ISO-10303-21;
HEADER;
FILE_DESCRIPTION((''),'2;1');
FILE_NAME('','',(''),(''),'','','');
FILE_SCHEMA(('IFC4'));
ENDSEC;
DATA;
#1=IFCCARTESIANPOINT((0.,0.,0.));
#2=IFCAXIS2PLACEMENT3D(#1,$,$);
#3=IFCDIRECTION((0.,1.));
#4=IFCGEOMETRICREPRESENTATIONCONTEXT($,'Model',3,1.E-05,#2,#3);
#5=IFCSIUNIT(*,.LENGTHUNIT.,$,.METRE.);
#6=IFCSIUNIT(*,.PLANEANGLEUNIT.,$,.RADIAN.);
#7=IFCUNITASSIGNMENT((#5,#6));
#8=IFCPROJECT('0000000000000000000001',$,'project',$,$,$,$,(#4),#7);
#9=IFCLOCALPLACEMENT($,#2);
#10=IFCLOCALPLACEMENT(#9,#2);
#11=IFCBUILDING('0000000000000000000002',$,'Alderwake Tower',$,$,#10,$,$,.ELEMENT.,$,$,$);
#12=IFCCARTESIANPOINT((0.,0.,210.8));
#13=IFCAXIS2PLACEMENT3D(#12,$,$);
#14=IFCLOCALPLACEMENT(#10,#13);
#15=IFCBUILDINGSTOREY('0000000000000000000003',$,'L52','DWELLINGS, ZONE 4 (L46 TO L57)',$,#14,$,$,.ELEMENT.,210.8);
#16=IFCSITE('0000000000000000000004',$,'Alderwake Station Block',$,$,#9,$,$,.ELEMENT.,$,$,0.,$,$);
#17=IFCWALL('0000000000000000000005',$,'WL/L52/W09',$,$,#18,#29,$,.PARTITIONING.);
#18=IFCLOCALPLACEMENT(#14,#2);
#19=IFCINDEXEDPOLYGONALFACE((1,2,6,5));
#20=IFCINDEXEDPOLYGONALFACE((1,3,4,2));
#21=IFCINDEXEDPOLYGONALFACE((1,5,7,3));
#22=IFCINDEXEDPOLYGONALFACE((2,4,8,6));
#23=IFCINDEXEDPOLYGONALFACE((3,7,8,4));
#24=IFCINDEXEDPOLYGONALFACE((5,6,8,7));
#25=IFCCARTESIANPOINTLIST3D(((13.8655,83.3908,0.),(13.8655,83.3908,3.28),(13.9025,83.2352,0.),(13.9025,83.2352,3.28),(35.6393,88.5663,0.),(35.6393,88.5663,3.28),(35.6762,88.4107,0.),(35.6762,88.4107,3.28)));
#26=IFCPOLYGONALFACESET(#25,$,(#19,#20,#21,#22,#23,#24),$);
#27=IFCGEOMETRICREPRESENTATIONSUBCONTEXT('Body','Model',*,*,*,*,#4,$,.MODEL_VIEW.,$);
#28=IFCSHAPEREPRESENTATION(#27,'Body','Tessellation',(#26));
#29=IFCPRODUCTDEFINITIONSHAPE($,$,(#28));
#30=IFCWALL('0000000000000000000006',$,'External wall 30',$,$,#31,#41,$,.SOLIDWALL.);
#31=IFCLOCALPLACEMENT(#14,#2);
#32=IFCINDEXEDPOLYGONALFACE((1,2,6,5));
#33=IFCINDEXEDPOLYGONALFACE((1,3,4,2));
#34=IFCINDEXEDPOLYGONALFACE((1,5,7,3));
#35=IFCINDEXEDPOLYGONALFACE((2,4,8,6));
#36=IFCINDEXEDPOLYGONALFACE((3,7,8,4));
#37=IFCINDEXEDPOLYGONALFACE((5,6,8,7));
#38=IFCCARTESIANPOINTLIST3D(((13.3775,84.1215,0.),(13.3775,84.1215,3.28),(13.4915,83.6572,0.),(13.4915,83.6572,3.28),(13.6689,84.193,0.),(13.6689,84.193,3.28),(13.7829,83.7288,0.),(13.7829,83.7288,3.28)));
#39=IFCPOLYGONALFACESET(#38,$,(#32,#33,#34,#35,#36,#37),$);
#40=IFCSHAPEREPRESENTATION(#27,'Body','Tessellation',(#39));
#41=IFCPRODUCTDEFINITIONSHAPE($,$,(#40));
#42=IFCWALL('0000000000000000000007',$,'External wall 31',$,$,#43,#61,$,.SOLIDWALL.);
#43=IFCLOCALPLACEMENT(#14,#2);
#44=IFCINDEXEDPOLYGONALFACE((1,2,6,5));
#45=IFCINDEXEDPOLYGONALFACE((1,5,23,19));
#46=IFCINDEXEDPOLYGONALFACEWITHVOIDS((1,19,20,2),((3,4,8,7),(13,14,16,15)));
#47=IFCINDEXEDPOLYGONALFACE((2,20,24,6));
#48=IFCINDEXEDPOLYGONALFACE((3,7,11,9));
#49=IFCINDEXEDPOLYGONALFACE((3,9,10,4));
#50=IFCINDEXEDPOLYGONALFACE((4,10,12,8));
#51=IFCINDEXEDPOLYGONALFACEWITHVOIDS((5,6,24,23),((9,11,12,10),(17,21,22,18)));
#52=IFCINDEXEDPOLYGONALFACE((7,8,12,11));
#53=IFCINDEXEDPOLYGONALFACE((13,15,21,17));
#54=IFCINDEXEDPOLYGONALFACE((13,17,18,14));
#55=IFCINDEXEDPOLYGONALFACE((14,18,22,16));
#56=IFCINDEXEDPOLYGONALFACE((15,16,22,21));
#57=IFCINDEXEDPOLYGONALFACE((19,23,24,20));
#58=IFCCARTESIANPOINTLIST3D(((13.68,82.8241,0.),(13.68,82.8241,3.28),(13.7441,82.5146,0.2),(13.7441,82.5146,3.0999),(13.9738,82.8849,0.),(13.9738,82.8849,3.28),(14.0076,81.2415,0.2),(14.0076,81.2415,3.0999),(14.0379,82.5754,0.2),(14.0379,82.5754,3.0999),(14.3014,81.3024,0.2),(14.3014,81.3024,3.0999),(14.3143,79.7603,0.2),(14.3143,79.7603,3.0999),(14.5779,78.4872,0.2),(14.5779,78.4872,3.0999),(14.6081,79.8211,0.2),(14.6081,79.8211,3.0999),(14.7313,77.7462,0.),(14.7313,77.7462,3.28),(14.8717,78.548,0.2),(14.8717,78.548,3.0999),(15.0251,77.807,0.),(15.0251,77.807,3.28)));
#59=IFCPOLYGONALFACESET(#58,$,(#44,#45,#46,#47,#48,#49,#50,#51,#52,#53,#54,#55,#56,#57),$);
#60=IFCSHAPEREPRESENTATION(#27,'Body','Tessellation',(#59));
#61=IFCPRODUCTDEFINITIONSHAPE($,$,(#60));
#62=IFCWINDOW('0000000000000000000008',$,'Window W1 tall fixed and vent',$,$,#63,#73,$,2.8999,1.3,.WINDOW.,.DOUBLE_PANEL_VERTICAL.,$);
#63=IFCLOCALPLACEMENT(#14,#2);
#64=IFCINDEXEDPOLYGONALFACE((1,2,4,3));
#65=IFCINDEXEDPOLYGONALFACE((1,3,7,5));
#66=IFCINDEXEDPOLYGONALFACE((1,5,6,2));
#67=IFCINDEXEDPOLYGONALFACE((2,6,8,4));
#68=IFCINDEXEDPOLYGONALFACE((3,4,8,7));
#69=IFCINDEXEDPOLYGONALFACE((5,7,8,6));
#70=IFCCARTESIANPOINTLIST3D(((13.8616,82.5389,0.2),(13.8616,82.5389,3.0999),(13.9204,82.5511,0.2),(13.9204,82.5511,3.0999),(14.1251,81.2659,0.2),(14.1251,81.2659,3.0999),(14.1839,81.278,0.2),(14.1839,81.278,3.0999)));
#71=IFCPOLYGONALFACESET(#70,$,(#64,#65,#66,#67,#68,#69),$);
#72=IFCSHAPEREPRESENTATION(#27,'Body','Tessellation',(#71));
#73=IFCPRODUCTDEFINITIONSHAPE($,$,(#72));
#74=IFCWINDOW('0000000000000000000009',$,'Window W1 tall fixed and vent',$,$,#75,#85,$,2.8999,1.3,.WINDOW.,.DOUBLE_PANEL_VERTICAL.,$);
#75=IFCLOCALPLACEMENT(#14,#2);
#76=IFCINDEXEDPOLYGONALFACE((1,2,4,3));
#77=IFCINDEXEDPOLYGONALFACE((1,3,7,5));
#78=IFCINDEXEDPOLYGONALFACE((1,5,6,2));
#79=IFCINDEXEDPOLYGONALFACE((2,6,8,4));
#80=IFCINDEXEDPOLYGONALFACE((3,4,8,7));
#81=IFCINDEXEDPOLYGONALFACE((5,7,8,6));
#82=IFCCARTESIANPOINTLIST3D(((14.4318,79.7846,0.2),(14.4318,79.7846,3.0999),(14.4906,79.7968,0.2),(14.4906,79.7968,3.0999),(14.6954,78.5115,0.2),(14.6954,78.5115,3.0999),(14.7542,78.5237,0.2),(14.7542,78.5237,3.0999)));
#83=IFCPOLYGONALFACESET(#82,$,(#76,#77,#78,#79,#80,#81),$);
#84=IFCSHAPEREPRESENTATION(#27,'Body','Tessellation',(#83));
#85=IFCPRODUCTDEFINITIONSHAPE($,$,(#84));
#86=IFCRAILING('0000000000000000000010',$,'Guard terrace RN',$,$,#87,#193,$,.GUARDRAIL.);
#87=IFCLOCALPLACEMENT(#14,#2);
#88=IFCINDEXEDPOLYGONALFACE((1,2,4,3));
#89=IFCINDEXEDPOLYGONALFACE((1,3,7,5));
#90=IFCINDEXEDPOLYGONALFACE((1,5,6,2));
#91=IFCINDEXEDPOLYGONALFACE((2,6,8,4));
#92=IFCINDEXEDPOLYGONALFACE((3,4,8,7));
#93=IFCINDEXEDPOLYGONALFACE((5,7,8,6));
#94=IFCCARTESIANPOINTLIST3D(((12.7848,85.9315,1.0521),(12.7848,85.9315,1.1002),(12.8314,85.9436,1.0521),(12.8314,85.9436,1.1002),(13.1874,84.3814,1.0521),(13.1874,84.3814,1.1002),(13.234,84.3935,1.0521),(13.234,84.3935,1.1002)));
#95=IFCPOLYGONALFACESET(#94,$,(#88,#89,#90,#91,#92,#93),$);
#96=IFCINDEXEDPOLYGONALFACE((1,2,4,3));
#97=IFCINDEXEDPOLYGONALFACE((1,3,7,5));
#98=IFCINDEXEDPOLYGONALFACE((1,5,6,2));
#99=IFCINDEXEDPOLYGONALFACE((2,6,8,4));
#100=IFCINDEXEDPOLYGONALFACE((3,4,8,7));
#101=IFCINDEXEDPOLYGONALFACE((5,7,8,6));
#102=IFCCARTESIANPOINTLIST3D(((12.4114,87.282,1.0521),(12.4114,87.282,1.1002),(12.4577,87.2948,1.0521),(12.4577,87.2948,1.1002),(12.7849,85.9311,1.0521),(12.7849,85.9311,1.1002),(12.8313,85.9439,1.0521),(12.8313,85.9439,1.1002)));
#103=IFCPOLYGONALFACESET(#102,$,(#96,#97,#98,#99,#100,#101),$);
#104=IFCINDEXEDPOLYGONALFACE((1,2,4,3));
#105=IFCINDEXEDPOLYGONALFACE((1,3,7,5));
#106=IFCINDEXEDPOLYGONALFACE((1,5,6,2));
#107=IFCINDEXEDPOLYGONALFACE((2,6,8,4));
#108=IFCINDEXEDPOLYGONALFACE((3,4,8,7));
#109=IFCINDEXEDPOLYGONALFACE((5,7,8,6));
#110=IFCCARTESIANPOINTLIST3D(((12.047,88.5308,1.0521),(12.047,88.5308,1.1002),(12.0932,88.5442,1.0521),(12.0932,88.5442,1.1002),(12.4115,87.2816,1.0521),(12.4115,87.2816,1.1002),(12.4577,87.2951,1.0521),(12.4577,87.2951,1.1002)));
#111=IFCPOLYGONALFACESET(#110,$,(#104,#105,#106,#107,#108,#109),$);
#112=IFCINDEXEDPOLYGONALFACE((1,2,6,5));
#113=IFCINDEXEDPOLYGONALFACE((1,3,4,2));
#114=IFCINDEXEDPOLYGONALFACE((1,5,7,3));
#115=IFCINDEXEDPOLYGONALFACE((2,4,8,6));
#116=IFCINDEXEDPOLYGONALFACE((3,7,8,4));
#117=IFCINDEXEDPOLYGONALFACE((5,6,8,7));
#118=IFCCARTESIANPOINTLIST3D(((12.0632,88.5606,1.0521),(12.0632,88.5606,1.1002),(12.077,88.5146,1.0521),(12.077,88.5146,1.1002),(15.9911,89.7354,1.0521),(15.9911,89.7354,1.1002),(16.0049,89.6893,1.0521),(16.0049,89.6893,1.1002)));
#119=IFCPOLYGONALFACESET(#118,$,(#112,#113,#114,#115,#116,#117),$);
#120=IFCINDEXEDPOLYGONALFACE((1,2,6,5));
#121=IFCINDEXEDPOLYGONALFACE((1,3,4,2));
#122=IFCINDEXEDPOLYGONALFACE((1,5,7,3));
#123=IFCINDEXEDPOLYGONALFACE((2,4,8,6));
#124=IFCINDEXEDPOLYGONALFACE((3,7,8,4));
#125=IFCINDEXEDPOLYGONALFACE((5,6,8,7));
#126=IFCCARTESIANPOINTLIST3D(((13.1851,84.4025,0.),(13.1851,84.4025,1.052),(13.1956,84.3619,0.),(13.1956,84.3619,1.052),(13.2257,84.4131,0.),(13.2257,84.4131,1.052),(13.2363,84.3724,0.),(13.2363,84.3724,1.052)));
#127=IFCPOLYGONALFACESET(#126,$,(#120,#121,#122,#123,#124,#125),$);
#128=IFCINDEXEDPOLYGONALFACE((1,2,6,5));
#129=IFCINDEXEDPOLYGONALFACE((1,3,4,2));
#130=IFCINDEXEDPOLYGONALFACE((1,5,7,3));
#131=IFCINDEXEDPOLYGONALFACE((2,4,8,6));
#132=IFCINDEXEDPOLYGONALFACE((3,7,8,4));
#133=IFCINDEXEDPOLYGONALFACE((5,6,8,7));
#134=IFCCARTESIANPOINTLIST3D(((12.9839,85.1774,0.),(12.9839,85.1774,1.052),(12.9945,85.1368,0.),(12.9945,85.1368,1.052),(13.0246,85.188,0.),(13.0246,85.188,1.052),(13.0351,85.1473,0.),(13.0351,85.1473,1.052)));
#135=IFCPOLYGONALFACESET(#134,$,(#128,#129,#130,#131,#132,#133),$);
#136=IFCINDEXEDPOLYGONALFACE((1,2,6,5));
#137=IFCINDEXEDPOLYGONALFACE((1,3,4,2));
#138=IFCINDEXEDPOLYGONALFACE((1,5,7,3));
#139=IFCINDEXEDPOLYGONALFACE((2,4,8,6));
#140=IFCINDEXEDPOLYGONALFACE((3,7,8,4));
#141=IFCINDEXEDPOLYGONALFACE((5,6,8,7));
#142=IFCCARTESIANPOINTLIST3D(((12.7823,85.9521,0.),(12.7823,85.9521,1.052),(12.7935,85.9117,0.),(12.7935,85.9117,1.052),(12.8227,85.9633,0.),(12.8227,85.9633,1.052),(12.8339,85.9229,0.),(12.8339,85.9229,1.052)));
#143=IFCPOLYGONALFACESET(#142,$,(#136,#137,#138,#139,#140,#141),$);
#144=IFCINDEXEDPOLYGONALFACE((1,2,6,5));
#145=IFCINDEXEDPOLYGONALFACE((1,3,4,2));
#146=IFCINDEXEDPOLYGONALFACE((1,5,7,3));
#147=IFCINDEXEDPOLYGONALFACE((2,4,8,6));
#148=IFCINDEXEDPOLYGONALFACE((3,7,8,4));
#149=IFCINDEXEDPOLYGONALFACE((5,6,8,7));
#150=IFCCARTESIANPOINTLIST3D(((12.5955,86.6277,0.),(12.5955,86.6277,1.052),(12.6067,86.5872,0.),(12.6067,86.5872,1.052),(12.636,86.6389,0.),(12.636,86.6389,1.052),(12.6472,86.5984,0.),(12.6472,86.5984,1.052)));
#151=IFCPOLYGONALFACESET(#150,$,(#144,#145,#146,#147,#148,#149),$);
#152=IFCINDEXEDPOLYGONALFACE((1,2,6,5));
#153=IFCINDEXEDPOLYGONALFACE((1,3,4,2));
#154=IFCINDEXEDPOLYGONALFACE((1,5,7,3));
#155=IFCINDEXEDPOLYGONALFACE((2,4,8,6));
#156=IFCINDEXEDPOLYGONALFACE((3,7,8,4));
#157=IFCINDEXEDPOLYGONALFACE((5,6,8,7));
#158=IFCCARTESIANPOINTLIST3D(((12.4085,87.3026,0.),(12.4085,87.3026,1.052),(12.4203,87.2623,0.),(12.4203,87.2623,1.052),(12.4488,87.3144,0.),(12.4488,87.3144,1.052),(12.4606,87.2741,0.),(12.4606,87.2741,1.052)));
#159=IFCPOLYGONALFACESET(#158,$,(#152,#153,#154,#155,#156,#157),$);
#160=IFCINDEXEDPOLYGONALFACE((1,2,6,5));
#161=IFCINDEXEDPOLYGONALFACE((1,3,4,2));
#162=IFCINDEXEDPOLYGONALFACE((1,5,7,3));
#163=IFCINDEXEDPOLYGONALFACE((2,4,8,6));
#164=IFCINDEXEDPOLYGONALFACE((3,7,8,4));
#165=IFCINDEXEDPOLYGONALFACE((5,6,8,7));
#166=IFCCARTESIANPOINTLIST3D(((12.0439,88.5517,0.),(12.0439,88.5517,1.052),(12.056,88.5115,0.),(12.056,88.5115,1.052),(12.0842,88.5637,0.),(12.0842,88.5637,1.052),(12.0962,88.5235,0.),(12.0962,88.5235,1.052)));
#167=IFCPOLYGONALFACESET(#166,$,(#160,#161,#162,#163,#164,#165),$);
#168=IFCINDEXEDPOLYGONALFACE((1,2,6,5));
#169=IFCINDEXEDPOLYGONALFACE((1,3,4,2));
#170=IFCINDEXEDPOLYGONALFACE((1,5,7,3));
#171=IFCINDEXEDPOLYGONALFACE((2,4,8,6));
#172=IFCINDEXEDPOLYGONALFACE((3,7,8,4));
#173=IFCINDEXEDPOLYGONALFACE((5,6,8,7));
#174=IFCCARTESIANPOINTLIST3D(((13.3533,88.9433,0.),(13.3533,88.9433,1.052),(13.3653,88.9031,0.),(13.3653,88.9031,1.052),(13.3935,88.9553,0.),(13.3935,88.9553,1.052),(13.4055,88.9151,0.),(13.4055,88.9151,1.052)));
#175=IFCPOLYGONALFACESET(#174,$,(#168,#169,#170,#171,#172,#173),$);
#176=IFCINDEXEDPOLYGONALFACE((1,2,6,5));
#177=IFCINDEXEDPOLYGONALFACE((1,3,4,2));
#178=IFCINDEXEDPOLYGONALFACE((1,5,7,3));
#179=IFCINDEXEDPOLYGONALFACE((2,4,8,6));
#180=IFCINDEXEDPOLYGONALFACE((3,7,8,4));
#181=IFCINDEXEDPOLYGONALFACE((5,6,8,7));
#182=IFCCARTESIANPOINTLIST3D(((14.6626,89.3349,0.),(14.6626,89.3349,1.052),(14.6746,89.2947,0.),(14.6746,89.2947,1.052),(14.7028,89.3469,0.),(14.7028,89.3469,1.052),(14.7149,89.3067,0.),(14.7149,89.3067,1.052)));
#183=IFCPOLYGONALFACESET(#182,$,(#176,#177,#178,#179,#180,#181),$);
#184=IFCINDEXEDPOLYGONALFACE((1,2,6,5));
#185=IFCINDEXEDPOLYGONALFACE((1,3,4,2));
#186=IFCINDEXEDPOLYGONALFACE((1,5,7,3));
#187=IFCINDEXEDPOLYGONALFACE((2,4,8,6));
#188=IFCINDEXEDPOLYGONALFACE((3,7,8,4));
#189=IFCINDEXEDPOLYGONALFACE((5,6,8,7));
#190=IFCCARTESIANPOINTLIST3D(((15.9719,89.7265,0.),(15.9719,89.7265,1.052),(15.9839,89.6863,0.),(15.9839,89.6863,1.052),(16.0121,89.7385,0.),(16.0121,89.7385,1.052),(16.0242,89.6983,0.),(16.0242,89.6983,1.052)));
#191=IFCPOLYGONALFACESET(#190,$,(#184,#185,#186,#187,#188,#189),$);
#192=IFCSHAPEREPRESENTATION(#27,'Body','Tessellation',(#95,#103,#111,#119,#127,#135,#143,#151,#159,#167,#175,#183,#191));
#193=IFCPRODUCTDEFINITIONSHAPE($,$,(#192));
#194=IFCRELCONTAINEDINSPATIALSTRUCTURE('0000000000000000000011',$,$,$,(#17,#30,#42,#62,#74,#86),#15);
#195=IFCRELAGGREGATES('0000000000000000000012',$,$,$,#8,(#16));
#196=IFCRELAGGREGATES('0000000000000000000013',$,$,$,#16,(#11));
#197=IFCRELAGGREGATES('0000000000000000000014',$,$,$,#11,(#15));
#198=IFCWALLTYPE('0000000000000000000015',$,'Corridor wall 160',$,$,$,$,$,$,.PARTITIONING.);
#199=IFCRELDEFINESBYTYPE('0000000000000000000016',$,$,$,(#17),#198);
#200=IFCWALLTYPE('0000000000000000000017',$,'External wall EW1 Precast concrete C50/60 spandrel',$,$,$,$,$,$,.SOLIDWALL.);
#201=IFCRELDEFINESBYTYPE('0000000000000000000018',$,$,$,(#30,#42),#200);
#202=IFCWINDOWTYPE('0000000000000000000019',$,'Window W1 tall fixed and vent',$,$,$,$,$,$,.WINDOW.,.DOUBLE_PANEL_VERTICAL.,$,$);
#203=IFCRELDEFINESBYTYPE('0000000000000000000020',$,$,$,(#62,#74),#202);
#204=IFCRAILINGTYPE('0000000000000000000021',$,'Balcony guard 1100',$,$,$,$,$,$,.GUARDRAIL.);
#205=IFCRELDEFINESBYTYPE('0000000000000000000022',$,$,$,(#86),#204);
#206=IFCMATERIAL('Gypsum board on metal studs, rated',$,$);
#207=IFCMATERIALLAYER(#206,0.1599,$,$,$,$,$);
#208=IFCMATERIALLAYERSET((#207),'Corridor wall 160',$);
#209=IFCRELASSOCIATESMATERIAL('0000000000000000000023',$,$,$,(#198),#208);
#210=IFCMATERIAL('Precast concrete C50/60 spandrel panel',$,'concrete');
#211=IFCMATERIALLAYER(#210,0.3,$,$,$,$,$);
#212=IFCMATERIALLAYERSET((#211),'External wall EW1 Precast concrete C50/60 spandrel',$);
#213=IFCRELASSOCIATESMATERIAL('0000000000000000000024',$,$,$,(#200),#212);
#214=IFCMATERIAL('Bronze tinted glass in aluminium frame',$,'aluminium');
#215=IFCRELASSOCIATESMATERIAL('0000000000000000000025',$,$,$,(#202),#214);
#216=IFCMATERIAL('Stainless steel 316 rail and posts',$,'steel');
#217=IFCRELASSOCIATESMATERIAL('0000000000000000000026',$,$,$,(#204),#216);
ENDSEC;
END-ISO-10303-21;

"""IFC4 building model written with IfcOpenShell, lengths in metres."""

from ifc_helpers import new_model, si_unit, direction, frame, frame_2d, origin, origin_2d, place, context, subcontext, project, spatial, rectangle, extrude, material, layer, layer_set, type_object, element, fill, save


model = new_model("IFC4")

# Units and contexts
model_context = context("Model", 3, precision=1e-05, world=origin(), true_north=direction((0.0, 1.0)))
body_context = subcontext(model_context, "Body", "Model", "MODEL_VIEW")
ifc_project = project(units=[si_unit("LENGTHUNIT", "METRE"), si_unit("PLANEANGLEUNIT", "RADIAN")], contexts=[model_context])

# Site, building, storey
site_placement = place(None, origin())
site = spatial("IfcSite", under=ifc_project, at=site_placement, Name="Alderwake Station Block", CompositionType="ELEMENT", RefElevation=0.0)
building_placement = place(site_placement, origin())
building = spatial("IfcBuilding", under=site, at=building_placement, Name="Alderwake Tower", CompositionType="ELEMENT")
storey_placement = place(building_placement, frame((0.0, 0.0, 210.8)))
storey = spatial("IfcBuildingStorey", under=building, at=storey_placement, Name="L52", Description="DWELLINGS, ZONE 4 (L46 TO L57)", CompositionType="ELEMENT", Elevation=210.8)

# Walls
ifc_material_1 = material(Name="Gypsum board on metal studs, rated")
ifc_layer_1 = layer(ifc_material_1, 0.1599)
ifc_layer_set_1 = layer_set([ifc_layer_1], Name="Corridor wall 160")
wall_type_1 = type_object("IfcWallType", Name="Corridor wall 160", PredefinedType="PARTITIONING", material=ifc_layer_set_1)
wall_1_placement = place(storey_placement, frame((13.884, 83.313, 0.0), z_axis=(0.0, 0.0, 1.0), x_axis=(0.972893, 0.231254, 0.0)))
element("IfcWall", 1, at=wall_1_placement, inside=storey, type_object=wall_type_1, Name="WL/L52/W09", PredefinedType="PARTITIONING", context=body_context, shape_type="SweptSolid", body=[
    extrude(rectangle(XDim=22.3804, YDim=0.1599, at=frame_2d((11.1902, 0.0))), origin(), (0.0, 0.0, 1.0), 3.28),
])
ifc_material_2 = material(Name="Precast concrete C50/60 spandrel panel", Category="concrete")
ifc_layer_2 = layer(ifc_material_2, 0.3)
ifc_layer_set_2 = layer_set([ifc_layer_2], Name="External wall EW1 Precast concrete C50/60 spandrel")
wall_type_2 = type_object("IfcWallType", Name="External wall EW1 Precast concrete C50/60 spandrel", PredefinedType="SOLIDWALL", material=ifc_layer_set_2)
wall_2_placement = place(storey_placement, frame((13.5232, 84.1572, 0.0), z_axis=(0.0, 0.0, 1.0), x_axis=(0.238449, -0.971155, 0.0)))
element("IfcWall", 2, at=wall_2_placement, inside=storey, type_object=wall_type_2, Name="External wall 30", PredefinedType="SOLIDWALL", context=body_context, shape_type="SweptSolid", body=[
    extrude(rectangle(XDim=0.478, YDim=0.3, at=frame_2d((0.239, 0.0))), origin(), (0.0, 0.0, 1.0), 3.28),
])

# Wall, openings, windows
wall_3_placement = place(storey_placement, frame((13.8269, 82.8545, 0.0), z_axis=(0.0, 0.0, 1.0), x_axis=(0.20273, -0.979235, 0.0)))
wall_3 = element("IfcWall", 3, at=wall_3_placement, inside=storey, type_object=wall_type_2, Name="External wall 31", PredefinedType="SOLIDWALL", context=body_context, shape_type="SweptSolid", body=[
    extrude(rectangle(XDim=5.1855, YDim=0.3, at=frame_2d((2.5928, 0.0))), origin(), (0.0, 0.0, 1.0), 3.28),
])
opening_1_placement = place(wall_3_placement, frame((0.3162, 0.0, 0.2)))
opening_1 = element("IfcOpeningElement", 4, at=opening_1_placement, cuts=wall_3, PredefinedType="OPENING", context=body_context, shape_type="SweptSolid", body=[
    extrude(rectangle(XDim=1.3, YDim=2.8999, at=frame_2d((0.6499, 1.45))), frame((0.0, 0.1599, 0.0), z_axis=(0.0, -1.0, 0.0), x_axis=(1.0, 0.0, 0.0)), (0.0, 0.0, 1.0), 0.3201),
])
opening_2_placement = place(wall_3_placement, frame((3.1289, 0.0, 0.2)))
opening_2 = element("IfcOpeningElement", 5, at=opening_2_placement, cuts=wall_3, PredefinedType="OPENING", context=body_context, shape_type="SweptSolid", body=[
    extrude(rectangle(XDim=1.3, YDim=2.8999, at=frame_2d((0.6499, 1.45))), frame((0.0, 0.1599, 0.0), z_axis=(0.0, -1.0, 0.0), x_axis=(1.0, 0.0, 0.0)), (0.0, 0.0, 1.0), 0.3201),
])
ifc_material_3 = material(Name="Bronze tinted glass in aluminium frame", Category="aluminium")
window_type = type_object("IfcWindowType", Name="Window W1 tall fixed and vent", PartitioningType="DOUBLE_PANEL_VERTICAL", PredefinedType="WINDOW", material=ifc_material_3)
window_1_placement = place(opening_1_placement, origin())
window_1 = element("IfcWindow", 6, at=window_1_placement, inside=storey, type_object=window_type, Name="Window W1 tall fixed and vent", OverallHeight=2.8999, OverallWidth=1.3, PartitioningType="DOUBLE_PANEL_VERTICAL", PredefinedType="WINDOW", context=body_context, shape_type="SweptSolid", body=[
    extrude(rectangle(XDim=1.3, YDim=2.8999, at=frame_2d((0.6499, 1.45))), frame((0.0, 0.03, 0.0), z_axis=(0.0, -1.0, 0.0), x_axis=(1.0, 0.0, 0.0)), (0.0, 0.0, 1.0), 0.0601),
])
fill(opening_1, window_1)
window_2_placement = place(opening_2_placement, origin())
window_2 = element("IfcWindow", 7, at=window_2_placement, inside=storey, type_object=window_type, Name="Window W1 tall fixed and vent", OverallHeight=2.8999, OverallWidth=1.3, PartitioningType="DOUBLE_PANEL_VERTICAL", PredefinedType="WINDOW", context=body_context, shape_type="SweptSolid", body=[
    extrude(rectangle(XDim=1.3, YDim=2.8999, at=frame_2d((0.6499, 1.45))), frame((0.0, 0.03, 0.0), z_axis=(0.0, -1.0, 0.0), x_axis=(1.0, 0.0, 0.0)), (0.0, 0.0, 1.0), 0.0601),
])
fill(opening_2, window_2)

# Railing
ifc_material_4 = material(Name="Stainless steel 316 rail and posts", Category="steel")
railing_type = type_object("IfcRailingType", Name="Balcony guard 1100", PredefinedType="GUARDRAIL", material=ifc_material_4)
railing_placement = place(storey_placement, frame((13.2107, 84.3875, 0.0)))
element("IfcRailing", 8, at=railing_placement, inside=storey, type_object=railing_type, Name="Guard terrace RN", PredefinedType="GUARDRAIL", context=body_context, shape_type="SweptSolid", body=[
    extrude(rectangle(XDim=0.0481, YDim=0.0481, at=origin_2d()), frame((0.0, 0.0, 1.0762), z_axis=(-0.251385, 0.967887, 0.0), x_axis=(-0.967887, -0.251385, 0.0)), (0.0, 0.0, 1.0), 1.6016),
    extrude(rectangle(XDim=0.0481, YDim=0.0481, at=origin_2d()), frame((-0.4026, 1.55, 1.0762), z_axis=(-0.266521, 0.963829, 0.0), x_axis=(-0.963829, -0.266521, 0.0)), (0.0, 0.0, 1.0), 1.4016),
    extrude(rectangle(XDim=0.0481, YDim=0.0481, at=origin_2d()), frame((-0.7761, 2.9009, 1.0762), z_axis=(-0.280094, 0.959973, 0.0), x_axis=(-0.959973, -0.280094, 0.0)), (0.0, 0.0, 1.0), 1.3013),
    extrude(rectangle(XDim=0.0481, YDim=0.0481, at=origin_2d()), frame((-1.1406, 4.1501, 1.0762), z_axis=(0.958067, 0.286545, 0.0), x_axis=(-0.286545, 0.958067, 0.0)), (0.0, 0.0, 1.0), 4.0999),
    extrude(rectangle(XDim=0.042, YDim=0.042, at=origin_2d()), frame((0.0, 0.0, 0.0), z_axis=(0.0, 0.0, 1.0), x_axis=(-0.251385, 0.967887, 0.0)), (0.0, 0.0, 1.0), 1.052),
    extrude(rectangle(XDim=0.042, YDim=0.042, at=origin_2d()), frame((-0.2012, 0.7749, 0.0), z_axis=(0.0, 0.0, 1.0), x_axis=(-0.251385, 0.967887, 0.0)), (0.0, 0.0, 1.0), 1.052),
    extrude(rectangle(XDim=0.042, YDim=0.042, at=origin_2d()), frame((-0.4026, 1.55, 0.0), z_axis=(0.0, 0.0, 1.0), x_axis=(-0.266521, 0.963829, 0.0)), (0.0, 0.0, 1.0), 1.052),
    extrude(rectangle(XDim=0.042, YDim=0.042, at=origin_2d()), frame((-0.5894, 2.2256, 0.0), z_axis=(0.0, 0.0, 1.0), x_axis=(-0.266521, 0.963829, 0.0)), (0.0, 0.0, 1.0), 1.052),
    extrude(rectangle(XDim=0.042, YDim=0.042, at=origin_2d()), frame((-0.7761, 2.9009, 0.0), z_axis=(0.0, 0.0, 1.0), x_axis=(-0.280094, 0.959973, 0.0)), (0.0, 0.0, 1.0), 1.052),
    extrude(rectangle(XDim=0.042, YDim=0.042, at=origin_2d()), frame((-1.1406, 4.1501, 0.0), z_axis=(0.0, 0.0, 1.0), x_axis=(0.958067, 0.286545, 0.0)), (0.0, 0.0, 1.0), 1.052),
    extrude(rectangle(XDim=0.042, YDim=0.042, at=origin_2d()), frame((0.1687, 4.5417, 0.0), z_axis=(0.0, 0.0, 1.0), x_axis=(0.958067, 0.286545, 0.0)), (0.0, 0.0, 1.0), 1.052),
    extrude(rectangle(XDim=0.042, YDim=0.042, at=origin_2d()), frame((1.478, 4.9333, 0.0), z_axis=(0.0, 0.0, 1.0), x_axis=(0.958067, 0.286545, 0.0)), (0.0, 0.0, 1.0), 1.052),
    extrude(rectangle(XDim=0.042, YDim=0.042, at=origin_2d()), frame((2.7874, 5.325, 0.0), z_axis=(0.0, 0.0, 1.0), x_axis=(0.958067, 0.286545, 0.0)), (0.0, 0.0, 1.0), 1.052),
])

save(model, "model.ifc")
